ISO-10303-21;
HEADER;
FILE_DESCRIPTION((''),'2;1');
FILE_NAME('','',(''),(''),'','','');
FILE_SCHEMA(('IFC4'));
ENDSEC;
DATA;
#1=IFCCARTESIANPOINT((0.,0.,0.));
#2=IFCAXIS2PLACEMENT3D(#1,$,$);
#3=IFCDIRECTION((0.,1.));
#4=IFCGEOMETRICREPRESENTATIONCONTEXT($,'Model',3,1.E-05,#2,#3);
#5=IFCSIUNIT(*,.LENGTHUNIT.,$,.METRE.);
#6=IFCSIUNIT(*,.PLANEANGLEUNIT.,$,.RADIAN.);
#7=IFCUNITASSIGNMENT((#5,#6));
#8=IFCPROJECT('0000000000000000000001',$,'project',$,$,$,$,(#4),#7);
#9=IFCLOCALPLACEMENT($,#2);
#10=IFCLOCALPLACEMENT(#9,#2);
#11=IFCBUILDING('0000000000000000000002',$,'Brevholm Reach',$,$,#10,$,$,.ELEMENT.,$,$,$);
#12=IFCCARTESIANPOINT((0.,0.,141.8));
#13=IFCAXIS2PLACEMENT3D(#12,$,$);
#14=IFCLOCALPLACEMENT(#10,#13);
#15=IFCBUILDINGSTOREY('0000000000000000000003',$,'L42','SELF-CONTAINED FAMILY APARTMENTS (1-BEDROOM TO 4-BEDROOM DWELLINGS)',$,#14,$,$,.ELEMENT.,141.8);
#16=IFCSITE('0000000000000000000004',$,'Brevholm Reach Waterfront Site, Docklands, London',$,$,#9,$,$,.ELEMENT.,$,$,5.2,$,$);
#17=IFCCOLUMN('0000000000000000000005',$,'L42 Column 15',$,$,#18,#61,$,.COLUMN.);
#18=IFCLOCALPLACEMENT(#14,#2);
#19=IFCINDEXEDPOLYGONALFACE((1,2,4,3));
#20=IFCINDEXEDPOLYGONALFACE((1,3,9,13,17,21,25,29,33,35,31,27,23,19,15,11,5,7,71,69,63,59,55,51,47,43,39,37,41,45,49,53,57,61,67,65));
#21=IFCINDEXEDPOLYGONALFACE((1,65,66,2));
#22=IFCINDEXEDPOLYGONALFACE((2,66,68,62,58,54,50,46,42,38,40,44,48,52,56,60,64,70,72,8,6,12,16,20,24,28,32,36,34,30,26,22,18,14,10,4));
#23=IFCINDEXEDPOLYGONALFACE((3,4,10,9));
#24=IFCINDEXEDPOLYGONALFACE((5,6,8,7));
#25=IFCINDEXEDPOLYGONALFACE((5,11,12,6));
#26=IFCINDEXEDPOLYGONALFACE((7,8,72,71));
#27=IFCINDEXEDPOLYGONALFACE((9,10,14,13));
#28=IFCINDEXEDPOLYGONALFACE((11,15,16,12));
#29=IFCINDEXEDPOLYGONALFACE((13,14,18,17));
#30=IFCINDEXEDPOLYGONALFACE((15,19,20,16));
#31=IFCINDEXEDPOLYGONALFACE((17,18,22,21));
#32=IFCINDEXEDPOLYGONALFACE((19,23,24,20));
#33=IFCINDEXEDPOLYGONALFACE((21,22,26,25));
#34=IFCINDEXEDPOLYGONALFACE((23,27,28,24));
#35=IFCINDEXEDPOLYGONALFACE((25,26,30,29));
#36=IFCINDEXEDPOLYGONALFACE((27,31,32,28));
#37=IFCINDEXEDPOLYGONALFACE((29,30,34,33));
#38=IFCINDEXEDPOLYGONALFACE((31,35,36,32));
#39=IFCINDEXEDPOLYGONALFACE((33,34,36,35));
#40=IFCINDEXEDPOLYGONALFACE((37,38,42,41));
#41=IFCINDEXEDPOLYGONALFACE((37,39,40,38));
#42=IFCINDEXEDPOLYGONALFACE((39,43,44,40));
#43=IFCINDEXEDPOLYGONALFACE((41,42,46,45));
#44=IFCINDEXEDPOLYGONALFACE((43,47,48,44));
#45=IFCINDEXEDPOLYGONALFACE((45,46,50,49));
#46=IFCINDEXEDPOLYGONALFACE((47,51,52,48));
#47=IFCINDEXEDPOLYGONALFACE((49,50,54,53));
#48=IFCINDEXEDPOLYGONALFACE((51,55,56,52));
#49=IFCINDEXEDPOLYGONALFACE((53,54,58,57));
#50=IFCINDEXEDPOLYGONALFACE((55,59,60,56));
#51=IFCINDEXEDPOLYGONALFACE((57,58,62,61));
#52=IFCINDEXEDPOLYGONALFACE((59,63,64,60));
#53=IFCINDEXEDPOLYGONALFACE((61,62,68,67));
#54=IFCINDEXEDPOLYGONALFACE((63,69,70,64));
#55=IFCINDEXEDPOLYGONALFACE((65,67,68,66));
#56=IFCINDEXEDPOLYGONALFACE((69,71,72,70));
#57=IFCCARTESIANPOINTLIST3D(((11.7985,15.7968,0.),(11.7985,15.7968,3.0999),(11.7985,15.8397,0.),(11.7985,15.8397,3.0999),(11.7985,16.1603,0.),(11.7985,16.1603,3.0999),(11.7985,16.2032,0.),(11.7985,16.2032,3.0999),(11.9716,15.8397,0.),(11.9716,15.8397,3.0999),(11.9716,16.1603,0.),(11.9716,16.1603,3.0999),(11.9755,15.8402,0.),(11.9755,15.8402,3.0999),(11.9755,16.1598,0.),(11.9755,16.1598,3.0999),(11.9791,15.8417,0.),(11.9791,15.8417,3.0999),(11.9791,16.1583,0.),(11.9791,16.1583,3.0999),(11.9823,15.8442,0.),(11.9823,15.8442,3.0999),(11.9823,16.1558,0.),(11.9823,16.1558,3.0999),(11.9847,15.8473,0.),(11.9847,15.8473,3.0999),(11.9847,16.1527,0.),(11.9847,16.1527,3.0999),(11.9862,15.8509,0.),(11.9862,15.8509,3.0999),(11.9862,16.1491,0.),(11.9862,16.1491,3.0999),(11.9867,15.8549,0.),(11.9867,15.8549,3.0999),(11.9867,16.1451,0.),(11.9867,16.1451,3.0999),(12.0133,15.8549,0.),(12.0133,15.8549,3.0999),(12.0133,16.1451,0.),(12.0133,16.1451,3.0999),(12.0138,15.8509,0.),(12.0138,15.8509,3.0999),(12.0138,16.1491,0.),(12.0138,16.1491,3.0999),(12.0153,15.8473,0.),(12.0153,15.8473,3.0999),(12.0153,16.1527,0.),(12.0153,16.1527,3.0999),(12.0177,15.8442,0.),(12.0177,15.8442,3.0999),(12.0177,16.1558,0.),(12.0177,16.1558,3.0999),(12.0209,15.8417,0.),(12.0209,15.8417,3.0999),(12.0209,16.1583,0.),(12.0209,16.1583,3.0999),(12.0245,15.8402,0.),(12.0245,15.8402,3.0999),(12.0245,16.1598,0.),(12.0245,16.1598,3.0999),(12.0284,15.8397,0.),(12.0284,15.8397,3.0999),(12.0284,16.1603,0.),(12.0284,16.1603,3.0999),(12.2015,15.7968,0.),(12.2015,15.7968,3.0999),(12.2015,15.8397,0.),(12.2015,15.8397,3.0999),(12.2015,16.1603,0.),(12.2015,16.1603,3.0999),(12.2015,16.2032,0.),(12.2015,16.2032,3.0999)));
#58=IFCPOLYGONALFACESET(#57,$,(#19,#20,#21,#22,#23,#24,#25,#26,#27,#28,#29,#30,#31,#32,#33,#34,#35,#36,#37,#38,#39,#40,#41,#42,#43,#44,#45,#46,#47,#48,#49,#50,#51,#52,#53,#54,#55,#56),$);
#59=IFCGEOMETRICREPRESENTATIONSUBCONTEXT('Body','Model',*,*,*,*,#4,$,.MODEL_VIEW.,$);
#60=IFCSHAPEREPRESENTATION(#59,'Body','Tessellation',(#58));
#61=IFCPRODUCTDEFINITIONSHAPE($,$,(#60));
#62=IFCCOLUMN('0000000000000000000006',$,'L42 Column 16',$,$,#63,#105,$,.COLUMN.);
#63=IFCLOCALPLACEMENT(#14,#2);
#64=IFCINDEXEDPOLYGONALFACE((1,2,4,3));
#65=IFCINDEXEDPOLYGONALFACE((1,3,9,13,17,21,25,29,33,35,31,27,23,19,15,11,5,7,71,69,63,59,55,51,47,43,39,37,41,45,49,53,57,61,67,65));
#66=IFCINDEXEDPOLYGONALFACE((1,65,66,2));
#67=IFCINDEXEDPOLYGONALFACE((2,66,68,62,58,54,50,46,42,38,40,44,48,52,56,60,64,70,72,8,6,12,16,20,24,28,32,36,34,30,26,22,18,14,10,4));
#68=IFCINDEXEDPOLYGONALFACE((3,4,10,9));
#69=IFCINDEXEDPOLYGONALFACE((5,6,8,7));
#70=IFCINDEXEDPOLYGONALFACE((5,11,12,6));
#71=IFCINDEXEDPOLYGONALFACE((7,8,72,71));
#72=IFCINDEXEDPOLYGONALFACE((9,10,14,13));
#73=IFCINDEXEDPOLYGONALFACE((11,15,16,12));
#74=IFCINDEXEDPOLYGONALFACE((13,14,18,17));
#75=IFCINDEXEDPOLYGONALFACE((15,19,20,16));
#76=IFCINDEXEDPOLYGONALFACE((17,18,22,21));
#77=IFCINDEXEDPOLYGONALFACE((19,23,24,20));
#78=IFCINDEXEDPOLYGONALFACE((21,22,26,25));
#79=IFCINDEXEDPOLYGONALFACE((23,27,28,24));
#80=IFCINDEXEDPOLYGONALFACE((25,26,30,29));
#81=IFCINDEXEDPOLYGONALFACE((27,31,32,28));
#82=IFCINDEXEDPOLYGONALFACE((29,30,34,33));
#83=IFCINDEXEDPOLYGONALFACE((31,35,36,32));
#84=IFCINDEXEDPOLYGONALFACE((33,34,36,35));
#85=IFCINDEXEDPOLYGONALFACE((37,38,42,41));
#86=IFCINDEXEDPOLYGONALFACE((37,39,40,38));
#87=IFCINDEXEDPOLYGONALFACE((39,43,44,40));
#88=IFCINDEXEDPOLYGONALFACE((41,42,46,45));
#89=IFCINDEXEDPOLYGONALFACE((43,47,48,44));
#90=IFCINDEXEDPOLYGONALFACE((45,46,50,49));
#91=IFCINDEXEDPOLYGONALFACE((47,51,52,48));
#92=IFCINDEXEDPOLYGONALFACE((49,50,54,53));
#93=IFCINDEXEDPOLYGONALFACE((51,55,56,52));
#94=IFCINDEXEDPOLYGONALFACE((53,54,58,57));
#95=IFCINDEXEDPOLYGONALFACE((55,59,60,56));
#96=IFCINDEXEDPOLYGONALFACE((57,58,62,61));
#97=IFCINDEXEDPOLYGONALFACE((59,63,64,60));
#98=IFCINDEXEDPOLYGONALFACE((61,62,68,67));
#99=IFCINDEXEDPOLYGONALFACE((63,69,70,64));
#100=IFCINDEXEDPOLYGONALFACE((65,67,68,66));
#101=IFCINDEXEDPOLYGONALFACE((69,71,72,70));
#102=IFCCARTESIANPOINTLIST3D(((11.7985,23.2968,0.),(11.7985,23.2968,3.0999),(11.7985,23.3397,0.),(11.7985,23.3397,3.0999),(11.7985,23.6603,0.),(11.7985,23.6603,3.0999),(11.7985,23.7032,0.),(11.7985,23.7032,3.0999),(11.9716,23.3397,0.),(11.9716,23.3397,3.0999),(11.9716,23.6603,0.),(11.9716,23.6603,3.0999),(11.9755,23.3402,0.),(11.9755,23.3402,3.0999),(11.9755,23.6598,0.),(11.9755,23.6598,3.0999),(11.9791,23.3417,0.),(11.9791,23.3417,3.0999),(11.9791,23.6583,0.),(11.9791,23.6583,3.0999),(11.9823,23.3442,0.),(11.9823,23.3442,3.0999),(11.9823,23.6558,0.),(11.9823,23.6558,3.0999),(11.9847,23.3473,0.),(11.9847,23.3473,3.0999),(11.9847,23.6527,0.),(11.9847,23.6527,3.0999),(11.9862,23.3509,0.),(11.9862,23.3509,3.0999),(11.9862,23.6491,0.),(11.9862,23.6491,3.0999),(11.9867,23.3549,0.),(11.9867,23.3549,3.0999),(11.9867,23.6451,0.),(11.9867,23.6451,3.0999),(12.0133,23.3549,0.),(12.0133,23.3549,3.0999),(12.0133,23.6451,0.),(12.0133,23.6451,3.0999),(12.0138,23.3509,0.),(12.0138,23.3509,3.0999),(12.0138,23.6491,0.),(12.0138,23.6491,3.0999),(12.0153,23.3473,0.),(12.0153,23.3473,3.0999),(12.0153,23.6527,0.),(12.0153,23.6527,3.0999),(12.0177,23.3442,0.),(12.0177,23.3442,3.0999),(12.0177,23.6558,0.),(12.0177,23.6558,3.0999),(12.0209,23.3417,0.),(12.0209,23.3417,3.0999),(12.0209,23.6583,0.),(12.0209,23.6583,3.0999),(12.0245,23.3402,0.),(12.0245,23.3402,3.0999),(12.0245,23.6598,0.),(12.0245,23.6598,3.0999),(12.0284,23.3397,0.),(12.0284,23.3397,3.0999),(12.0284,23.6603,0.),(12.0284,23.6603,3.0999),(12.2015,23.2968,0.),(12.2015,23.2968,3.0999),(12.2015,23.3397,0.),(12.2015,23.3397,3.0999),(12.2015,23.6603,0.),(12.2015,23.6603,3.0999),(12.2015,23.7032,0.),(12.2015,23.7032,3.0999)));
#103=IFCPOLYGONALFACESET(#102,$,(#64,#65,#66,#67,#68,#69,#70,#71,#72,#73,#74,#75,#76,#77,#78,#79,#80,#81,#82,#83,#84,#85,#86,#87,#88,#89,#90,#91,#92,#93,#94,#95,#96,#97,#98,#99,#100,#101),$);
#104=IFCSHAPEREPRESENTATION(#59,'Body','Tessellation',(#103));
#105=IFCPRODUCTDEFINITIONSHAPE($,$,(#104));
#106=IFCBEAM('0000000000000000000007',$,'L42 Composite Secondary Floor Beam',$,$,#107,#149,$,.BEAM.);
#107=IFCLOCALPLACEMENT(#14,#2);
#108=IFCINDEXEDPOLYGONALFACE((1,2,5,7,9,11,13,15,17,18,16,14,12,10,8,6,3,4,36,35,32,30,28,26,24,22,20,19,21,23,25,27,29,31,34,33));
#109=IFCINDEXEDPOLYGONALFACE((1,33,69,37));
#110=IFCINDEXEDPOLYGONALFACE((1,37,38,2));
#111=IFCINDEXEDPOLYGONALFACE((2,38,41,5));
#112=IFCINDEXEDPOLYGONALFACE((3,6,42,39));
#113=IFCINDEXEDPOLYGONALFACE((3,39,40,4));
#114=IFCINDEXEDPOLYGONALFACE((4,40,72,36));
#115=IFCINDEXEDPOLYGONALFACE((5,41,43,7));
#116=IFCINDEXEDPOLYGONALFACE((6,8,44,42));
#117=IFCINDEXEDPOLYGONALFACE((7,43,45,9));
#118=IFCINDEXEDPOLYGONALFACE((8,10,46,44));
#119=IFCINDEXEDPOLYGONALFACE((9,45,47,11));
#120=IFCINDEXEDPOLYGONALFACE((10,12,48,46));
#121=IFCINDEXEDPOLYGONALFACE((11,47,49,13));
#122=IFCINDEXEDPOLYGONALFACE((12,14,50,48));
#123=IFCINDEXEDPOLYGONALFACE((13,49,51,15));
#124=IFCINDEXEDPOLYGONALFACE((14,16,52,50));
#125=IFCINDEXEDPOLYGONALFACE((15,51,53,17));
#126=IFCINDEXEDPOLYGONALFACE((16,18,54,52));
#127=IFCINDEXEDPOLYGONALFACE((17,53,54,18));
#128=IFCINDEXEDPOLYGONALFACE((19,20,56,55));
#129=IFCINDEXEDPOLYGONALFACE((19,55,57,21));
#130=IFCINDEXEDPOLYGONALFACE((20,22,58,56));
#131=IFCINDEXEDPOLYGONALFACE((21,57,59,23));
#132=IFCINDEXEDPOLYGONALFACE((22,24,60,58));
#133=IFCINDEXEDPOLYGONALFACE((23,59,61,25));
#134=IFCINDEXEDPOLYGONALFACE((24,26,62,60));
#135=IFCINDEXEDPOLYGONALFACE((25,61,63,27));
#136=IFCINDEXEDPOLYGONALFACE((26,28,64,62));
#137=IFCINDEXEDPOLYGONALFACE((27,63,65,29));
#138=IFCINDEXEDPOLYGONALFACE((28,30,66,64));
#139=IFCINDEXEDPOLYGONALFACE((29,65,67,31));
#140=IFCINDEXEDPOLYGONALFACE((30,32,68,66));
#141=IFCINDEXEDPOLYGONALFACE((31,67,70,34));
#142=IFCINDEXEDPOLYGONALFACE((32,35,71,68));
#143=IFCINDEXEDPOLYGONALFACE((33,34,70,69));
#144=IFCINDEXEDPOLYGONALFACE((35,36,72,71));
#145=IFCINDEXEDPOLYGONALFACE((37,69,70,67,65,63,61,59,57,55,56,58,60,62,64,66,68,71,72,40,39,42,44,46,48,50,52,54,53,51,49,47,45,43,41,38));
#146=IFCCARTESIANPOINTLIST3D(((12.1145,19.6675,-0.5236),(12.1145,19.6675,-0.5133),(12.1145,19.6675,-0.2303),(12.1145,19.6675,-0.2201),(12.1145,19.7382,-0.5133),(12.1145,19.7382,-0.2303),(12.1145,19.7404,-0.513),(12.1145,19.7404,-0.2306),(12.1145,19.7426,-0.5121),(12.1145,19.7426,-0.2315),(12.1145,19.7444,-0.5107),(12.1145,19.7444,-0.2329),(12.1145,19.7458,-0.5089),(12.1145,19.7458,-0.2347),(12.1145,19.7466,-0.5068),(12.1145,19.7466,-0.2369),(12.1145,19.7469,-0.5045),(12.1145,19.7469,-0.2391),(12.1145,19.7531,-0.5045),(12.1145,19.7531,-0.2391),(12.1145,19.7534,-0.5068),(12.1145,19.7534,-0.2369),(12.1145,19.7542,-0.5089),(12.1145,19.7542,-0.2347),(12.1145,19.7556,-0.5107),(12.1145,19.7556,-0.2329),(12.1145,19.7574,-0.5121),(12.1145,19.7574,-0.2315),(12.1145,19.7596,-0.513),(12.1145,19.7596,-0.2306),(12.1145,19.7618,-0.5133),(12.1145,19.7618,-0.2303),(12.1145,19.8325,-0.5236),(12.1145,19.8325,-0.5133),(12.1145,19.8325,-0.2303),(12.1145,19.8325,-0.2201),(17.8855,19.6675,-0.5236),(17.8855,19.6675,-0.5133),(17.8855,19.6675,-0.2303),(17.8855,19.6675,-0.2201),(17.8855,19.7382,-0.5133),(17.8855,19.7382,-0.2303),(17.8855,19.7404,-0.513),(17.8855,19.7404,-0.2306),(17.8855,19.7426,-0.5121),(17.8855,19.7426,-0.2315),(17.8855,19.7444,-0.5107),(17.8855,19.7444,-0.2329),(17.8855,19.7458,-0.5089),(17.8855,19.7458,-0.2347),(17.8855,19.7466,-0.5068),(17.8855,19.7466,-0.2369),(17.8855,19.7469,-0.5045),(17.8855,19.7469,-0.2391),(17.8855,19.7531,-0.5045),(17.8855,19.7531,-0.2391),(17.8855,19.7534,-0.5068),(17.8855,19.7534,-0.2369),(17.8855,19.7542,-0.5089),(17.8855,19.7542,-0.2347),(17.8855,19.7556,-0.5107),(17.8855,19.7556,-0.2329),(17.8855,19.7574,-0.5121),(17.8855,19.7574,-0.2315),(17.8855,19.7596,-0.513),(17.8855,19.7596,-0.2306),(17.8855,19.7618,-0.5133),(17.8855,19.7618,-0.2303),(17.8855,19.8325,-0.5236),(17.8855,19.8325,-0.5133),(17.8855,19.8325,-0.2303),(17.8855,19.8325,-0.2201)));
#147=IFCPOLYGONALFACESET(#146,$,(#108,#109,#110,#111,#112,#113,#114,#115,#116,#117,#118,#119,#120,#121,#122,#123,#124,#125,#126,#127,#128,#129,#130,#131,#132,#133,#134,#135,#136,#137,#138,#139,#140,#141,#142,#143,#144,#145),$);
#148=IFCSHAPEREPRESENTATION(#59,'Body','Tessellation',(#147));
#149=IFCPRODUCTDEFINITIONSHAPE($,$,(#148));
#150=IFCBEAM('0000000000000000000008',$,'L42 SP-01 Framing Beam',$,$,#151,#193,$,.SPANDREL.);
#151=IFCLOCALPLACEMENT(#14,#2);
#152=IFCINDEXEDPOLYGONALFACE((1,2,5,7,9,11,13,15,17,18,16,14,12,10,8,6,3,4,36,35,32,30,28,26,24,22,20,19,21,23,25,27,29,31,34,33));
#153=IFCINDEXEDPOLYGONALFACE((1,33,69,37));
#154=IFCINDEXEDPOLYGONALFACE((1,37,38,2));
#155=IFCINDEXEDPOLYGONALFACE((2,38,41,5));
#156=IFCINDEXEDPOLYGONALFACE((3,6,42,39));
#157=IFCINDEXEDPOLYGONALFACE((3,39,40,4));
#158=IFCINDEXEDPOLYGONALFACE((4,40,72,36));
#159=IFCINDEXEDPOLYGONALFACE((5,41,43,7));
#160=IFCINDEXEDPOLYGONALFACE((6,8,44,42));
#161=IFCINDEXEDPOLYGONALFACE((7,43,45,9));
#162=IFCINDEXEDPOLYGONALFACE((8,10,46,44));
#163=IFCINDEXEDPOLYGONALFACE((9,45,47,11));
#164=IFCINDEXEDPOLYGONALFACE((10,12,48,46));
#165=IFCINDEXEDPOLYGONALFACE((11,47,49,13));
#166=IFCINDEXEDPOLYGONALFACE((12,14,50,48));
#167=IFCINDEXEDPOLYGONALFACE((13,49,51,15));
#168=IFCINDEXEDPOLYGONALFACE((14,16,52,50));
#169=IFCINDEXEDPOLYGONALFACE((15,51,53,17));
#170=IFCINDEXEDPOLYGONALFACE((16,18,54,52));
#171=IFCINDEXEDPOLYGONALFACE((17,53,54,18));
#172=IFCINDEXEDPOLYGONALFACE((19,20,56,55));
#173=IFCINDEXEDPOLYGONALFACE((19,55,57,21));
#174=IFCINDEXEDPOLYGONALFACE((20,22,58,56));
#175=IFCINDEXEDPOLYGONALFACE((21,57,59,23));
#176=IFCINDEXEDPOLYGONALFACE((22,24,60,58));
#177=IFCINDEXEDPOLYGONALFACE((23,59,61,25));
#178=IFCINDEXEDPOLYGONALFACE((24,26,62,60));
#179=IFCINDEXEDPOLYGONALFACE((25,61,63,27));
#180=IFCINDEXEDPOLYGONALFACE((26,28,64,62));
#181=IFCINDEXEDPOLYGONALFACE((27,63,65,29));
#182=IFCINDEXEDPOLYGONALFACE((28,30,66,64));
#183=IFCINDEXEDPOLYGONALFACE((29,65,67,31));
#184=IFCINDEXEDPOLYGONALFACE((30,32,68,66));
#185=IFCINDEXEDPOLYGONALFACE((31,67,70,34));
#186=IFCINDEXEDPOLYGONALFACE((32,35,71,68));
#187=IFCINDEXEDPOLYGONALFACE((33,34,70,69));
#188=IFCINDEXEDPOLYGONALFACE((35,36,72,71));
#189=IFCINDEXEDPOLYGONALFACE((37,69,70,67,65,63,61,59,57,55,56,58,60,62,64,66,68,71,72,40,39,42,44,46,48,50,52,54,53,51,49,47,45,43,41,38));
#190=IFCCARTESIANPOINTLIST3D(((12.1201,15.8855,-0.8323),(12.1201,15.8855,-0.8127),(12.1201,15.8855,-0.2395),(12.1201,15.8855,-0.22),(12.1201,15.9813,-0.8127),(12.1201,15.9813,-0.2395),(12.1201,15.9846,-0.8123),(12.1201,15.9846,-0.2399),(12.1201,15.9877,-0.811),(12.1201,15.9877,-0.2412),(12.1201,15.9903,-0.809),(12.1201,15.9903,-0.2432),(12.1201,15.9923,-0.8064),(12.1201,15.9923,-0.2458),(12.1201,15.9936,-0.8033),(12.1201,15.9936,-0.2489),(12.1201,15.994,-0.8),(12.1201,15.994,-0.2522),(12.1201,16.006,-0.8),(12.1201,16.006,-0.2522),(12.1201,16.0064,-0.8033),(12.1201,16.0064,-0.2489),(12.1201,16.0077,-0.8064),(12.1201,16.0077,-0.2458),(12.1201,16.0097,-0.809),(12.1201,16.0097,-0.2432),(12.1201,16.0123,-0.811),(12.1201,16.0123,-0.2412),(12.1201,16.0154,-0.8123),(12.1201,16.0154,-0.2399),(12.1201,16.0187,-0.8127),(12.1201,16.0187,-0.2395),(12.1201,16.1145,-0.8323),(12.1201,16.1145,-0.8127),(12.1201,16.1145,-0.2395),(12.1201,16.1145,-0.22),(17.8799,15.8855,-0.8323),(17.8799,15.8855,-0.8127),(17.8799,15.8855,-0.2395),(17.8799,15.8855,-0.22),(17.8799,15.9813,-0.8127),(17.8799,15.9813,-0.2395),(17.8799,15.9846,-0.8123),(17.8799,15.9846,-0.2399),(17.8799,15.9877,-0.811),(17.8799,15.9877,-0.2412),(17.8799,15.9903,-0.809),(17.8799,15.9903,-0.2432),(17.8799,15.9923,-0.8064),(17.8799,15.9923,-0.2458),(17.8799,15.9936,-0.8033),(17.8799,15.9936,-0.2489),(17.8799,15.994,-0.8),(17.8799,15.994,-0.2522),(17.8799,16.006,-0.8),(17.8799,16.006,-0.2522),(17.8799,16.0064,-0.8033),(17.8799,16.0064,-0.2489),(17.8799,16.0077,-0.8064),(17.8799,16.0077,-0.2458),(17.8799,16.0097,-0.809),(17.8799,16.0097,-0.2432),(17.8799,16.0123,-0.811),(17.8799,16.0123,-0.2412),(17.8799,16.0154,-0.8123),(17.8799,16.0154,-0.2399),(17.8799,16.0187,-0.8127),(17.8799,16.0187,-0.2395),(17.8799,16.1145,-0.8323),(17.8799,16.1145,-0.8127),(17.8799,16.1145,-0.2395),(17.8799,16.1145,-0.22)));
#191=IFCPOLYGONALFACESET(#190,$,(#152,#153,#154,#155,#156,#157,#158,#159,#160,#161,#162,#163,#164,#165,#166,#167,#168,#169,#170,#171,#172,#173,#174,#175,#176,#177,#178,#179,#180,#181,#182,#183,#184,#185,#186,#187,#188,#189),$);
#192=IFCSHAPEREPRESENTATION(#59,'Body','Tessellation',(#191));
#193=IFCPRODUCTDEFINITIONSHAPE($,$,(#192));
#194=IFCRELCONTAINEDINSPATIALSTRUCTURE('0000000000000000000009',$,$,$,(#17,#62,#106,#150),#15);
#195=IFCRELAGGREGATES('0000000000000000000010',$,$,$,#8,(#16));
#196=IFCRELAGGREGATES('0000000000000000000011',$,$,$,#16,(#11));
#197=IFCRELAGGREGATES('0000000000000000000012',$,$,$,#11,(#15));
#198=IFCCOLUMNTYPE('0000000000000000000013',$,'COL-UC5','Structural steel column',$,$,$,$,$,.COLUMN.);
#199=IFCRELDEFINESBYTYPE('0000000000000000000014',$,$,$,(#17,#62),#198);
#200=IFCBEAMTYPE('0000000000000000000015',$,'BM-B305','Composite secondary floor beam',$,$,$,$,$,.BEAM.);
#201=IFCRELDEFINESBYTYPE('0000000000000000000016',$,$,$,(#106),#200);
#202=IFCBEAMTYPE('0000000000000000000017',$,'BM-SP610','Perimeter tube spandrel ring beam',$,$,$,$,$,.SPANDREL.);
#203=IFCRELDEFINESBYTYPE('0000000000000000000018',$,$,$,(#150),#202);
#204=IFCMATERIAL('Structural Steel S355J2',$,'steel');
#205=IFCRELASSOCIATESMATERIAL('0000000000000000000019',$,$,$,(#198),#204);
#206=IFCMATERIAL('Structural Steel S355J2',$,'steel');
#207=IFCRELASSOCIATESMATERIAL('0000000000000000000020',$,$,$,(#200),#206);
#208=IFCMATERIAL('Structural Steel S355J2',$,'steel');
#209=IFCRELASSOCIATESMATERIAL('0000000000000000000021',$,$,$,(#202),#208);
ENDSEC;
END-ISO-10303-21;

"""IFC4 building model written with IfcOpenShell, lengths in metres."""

from ifc_helpers import new_model, si_unit, direction, frame, origin, origin_2d, place, context, subcontext, project, spatial, i_section, extrude, material, material_profile, profile_set, type_object, element, save


model = new_model("IFC4")

# Units and contexts
model_context = context("Model", 3, precision=1e-05, world=origin(), true_north=direction((0.0, 1.0)))
body_context = subcontext(model_context, "Body", "Model", "MODEL_VIEW")
ifc_project = project(units=[si_unit("LENGTHUNIT", "METRE"), si_unit("PLANEANGLEUNIT", "RADIAN")], contexts=[model_context])

# Site, building, storey
site_placement = place(None, origin())
site = spatial("IfcSite", under=ifc_project, at=site_placement, Name="Brevholm Reach Waterfront Site, Docklands, London", CompositionType="ELEMENT", RefElevation=5.2)
building_placement = place(site_placement, origin())
building = spatial("IfcBuilding", under=site, at=building_placement, Name="Brevholm Reach", CompositionType="ELEMENT")
storey_placement = place(building_placement, frame((0.0, 0.0, 141.8)))
storey = spatial("IfcBuildingStorey", under=building, at=storey_placement, Name="L42", Description="SELF-CONTAINED FAMILY APARTMENTS (1-BEDROOM TO 4-BEDROOM DWELLINGS)", CompositionType="ELEMENT", Elevation=141.8)

# Columns
ifc_material_1 = material(Name="Structural Steel S355J2", Category="steel")
ifc_material_profile_1 = material_profile(ifc_material_1, i_section(OverallWidth=0.4031, OverallDepth=0.4065, WebThickness=0.0266, FlangeThickness=0.043, FilletRadius=0.0151, at=origin_2d()), Name="UKC 356x406x340")
ifc_profile_set_1 = profile_set([ifc_material_profile_1], Name="Structural Steel S355J2")
column_type = type_object("IfcColumnType", Name="COL-UC5", Description="Structural steel column", PredefinedType="COLUMN", material=ifc_profile_set_1)
for number, where, z_axis, x_axis, name in (
    (1, (12.0, 16.0, 0.0), (0.0, 0.0, 1.0), (1.0, 0.0, 0.0), "L42 Column 15"),
    (2, (12.0, 23.5, 0.0), (0.0, 0.0, 1.0), (1.0, 0.0, 0.0), "L42 Column 16"),
):
    element("IfcColumn", number, at=place(storey_placement, frame(where, z_axis=z_axis, x_axis=x_axis)), inside=storey, type_object=column_type, Name=name, PredefinedType="COLUMN", context=body_context, shape_type="SweptSolid", body=[
        extrude(i_section(OverallWidth=0.4031, OverallDepth=0.4065, WebThickness=0.0266, FlangeThickness=0.043, FilletRadius=0.0151, at=origin_2d()), origin(), (0.0, 0.0, 1.0), 3.0999),
    ])

# Beams
ifc_material_2 = material(Name="Structural Steel S355J2", Category="steel")
ifc_material_profile_2 = material_profile(ifc_material_2, i_section(OverallWidth=0.165, OverallDepth=0.3035, WebThickness=0.0061, FlangeThickness=0.0103, FilletRadius=0.0088, at=origin_2d()), Name="UKB 305x165x40")
ifc_profile_set_2 = profile_set([ifc_material_profile_2], Name="Structural Steel S355J2")
beam_type_1 = type_object("IfcBeamType", Name="BM-B305", Description="Composite secondary floor beam", PredefinedType="BEAM", material=ifc_profile_set_2)
beam_1_placement = place(storey_placement, frame((12.1145, 19.75, -0.3718), z_axis=(1.0, 0.0, 0.0), x_axis=(0.0, 1.0, 0.0)))
element("IfcBeam", 3, at=beam_1_placement, inside=storey, type_object=beam_type_1, Name="L42 Composite Secondary Floor Beam", PredefinedType="BEAM", context=body_context, shape_type="SweptSolid", body=[
    extrude(i_section(OverallWidth=0.165, OverallDepth=0.3035, WebThickness=0.0061, FlangeThickness=0.0103, FilletRadius=0.0088, at=origin_2d()), origin(), (0.0, 0.0, 1.0), 5.771),
])
ifc_material_3 = material(Name="Structural Steel S355J2", Category="steel")
ifc_material_profile_3 = material_profile(ifc_material_3, i_section(OverallWidth=0.229, OverallDepth=0.6123, WebThickness=0.012, FlangeThickness=0.0195, FilletRadius=0.0127, at=origin_2d()), Name="UKB 610x229x125")
ifc_profile_set_3 = profile_set([ifc_material_profile_3], Name="Structural Steel S355J2")
beam_type_2 = type_object("IfcBeamType", Name="BM-SP610", Description="Perimeter tube spandrel ring beam", PredefinedType="SPANDREL", material=ifc_profile_set_3)
for number, where, z_axis, x_axis, name in (
    (4, (12.1201, 16.0, -0.5261), (1.0, 0.0, 0.0), (0.0, 1.0, 0.0), "L42 SP-01 Framing Beam"),
):
    element("IfcBeam", number, at=place(storey_placement, frame(where, z_axis=z_axis, x_axis=x_axis)), inside=storey, type_object=beam_type_2, Name=name, PredefinedType="SPANDREL", context=body_context, shape_type="SweptSolid", body=[
        extrude(i_section(OverallWidth=0.229, OverallDepth=0.6123, WebThickness=0.012, FlangeThickness=0.0195, FilletRadius=0.0127, at=origin_2d()), origin(), (0.0, 0.0, 1.0), 5.7598),
    ])

save(model, "model.ifc")
